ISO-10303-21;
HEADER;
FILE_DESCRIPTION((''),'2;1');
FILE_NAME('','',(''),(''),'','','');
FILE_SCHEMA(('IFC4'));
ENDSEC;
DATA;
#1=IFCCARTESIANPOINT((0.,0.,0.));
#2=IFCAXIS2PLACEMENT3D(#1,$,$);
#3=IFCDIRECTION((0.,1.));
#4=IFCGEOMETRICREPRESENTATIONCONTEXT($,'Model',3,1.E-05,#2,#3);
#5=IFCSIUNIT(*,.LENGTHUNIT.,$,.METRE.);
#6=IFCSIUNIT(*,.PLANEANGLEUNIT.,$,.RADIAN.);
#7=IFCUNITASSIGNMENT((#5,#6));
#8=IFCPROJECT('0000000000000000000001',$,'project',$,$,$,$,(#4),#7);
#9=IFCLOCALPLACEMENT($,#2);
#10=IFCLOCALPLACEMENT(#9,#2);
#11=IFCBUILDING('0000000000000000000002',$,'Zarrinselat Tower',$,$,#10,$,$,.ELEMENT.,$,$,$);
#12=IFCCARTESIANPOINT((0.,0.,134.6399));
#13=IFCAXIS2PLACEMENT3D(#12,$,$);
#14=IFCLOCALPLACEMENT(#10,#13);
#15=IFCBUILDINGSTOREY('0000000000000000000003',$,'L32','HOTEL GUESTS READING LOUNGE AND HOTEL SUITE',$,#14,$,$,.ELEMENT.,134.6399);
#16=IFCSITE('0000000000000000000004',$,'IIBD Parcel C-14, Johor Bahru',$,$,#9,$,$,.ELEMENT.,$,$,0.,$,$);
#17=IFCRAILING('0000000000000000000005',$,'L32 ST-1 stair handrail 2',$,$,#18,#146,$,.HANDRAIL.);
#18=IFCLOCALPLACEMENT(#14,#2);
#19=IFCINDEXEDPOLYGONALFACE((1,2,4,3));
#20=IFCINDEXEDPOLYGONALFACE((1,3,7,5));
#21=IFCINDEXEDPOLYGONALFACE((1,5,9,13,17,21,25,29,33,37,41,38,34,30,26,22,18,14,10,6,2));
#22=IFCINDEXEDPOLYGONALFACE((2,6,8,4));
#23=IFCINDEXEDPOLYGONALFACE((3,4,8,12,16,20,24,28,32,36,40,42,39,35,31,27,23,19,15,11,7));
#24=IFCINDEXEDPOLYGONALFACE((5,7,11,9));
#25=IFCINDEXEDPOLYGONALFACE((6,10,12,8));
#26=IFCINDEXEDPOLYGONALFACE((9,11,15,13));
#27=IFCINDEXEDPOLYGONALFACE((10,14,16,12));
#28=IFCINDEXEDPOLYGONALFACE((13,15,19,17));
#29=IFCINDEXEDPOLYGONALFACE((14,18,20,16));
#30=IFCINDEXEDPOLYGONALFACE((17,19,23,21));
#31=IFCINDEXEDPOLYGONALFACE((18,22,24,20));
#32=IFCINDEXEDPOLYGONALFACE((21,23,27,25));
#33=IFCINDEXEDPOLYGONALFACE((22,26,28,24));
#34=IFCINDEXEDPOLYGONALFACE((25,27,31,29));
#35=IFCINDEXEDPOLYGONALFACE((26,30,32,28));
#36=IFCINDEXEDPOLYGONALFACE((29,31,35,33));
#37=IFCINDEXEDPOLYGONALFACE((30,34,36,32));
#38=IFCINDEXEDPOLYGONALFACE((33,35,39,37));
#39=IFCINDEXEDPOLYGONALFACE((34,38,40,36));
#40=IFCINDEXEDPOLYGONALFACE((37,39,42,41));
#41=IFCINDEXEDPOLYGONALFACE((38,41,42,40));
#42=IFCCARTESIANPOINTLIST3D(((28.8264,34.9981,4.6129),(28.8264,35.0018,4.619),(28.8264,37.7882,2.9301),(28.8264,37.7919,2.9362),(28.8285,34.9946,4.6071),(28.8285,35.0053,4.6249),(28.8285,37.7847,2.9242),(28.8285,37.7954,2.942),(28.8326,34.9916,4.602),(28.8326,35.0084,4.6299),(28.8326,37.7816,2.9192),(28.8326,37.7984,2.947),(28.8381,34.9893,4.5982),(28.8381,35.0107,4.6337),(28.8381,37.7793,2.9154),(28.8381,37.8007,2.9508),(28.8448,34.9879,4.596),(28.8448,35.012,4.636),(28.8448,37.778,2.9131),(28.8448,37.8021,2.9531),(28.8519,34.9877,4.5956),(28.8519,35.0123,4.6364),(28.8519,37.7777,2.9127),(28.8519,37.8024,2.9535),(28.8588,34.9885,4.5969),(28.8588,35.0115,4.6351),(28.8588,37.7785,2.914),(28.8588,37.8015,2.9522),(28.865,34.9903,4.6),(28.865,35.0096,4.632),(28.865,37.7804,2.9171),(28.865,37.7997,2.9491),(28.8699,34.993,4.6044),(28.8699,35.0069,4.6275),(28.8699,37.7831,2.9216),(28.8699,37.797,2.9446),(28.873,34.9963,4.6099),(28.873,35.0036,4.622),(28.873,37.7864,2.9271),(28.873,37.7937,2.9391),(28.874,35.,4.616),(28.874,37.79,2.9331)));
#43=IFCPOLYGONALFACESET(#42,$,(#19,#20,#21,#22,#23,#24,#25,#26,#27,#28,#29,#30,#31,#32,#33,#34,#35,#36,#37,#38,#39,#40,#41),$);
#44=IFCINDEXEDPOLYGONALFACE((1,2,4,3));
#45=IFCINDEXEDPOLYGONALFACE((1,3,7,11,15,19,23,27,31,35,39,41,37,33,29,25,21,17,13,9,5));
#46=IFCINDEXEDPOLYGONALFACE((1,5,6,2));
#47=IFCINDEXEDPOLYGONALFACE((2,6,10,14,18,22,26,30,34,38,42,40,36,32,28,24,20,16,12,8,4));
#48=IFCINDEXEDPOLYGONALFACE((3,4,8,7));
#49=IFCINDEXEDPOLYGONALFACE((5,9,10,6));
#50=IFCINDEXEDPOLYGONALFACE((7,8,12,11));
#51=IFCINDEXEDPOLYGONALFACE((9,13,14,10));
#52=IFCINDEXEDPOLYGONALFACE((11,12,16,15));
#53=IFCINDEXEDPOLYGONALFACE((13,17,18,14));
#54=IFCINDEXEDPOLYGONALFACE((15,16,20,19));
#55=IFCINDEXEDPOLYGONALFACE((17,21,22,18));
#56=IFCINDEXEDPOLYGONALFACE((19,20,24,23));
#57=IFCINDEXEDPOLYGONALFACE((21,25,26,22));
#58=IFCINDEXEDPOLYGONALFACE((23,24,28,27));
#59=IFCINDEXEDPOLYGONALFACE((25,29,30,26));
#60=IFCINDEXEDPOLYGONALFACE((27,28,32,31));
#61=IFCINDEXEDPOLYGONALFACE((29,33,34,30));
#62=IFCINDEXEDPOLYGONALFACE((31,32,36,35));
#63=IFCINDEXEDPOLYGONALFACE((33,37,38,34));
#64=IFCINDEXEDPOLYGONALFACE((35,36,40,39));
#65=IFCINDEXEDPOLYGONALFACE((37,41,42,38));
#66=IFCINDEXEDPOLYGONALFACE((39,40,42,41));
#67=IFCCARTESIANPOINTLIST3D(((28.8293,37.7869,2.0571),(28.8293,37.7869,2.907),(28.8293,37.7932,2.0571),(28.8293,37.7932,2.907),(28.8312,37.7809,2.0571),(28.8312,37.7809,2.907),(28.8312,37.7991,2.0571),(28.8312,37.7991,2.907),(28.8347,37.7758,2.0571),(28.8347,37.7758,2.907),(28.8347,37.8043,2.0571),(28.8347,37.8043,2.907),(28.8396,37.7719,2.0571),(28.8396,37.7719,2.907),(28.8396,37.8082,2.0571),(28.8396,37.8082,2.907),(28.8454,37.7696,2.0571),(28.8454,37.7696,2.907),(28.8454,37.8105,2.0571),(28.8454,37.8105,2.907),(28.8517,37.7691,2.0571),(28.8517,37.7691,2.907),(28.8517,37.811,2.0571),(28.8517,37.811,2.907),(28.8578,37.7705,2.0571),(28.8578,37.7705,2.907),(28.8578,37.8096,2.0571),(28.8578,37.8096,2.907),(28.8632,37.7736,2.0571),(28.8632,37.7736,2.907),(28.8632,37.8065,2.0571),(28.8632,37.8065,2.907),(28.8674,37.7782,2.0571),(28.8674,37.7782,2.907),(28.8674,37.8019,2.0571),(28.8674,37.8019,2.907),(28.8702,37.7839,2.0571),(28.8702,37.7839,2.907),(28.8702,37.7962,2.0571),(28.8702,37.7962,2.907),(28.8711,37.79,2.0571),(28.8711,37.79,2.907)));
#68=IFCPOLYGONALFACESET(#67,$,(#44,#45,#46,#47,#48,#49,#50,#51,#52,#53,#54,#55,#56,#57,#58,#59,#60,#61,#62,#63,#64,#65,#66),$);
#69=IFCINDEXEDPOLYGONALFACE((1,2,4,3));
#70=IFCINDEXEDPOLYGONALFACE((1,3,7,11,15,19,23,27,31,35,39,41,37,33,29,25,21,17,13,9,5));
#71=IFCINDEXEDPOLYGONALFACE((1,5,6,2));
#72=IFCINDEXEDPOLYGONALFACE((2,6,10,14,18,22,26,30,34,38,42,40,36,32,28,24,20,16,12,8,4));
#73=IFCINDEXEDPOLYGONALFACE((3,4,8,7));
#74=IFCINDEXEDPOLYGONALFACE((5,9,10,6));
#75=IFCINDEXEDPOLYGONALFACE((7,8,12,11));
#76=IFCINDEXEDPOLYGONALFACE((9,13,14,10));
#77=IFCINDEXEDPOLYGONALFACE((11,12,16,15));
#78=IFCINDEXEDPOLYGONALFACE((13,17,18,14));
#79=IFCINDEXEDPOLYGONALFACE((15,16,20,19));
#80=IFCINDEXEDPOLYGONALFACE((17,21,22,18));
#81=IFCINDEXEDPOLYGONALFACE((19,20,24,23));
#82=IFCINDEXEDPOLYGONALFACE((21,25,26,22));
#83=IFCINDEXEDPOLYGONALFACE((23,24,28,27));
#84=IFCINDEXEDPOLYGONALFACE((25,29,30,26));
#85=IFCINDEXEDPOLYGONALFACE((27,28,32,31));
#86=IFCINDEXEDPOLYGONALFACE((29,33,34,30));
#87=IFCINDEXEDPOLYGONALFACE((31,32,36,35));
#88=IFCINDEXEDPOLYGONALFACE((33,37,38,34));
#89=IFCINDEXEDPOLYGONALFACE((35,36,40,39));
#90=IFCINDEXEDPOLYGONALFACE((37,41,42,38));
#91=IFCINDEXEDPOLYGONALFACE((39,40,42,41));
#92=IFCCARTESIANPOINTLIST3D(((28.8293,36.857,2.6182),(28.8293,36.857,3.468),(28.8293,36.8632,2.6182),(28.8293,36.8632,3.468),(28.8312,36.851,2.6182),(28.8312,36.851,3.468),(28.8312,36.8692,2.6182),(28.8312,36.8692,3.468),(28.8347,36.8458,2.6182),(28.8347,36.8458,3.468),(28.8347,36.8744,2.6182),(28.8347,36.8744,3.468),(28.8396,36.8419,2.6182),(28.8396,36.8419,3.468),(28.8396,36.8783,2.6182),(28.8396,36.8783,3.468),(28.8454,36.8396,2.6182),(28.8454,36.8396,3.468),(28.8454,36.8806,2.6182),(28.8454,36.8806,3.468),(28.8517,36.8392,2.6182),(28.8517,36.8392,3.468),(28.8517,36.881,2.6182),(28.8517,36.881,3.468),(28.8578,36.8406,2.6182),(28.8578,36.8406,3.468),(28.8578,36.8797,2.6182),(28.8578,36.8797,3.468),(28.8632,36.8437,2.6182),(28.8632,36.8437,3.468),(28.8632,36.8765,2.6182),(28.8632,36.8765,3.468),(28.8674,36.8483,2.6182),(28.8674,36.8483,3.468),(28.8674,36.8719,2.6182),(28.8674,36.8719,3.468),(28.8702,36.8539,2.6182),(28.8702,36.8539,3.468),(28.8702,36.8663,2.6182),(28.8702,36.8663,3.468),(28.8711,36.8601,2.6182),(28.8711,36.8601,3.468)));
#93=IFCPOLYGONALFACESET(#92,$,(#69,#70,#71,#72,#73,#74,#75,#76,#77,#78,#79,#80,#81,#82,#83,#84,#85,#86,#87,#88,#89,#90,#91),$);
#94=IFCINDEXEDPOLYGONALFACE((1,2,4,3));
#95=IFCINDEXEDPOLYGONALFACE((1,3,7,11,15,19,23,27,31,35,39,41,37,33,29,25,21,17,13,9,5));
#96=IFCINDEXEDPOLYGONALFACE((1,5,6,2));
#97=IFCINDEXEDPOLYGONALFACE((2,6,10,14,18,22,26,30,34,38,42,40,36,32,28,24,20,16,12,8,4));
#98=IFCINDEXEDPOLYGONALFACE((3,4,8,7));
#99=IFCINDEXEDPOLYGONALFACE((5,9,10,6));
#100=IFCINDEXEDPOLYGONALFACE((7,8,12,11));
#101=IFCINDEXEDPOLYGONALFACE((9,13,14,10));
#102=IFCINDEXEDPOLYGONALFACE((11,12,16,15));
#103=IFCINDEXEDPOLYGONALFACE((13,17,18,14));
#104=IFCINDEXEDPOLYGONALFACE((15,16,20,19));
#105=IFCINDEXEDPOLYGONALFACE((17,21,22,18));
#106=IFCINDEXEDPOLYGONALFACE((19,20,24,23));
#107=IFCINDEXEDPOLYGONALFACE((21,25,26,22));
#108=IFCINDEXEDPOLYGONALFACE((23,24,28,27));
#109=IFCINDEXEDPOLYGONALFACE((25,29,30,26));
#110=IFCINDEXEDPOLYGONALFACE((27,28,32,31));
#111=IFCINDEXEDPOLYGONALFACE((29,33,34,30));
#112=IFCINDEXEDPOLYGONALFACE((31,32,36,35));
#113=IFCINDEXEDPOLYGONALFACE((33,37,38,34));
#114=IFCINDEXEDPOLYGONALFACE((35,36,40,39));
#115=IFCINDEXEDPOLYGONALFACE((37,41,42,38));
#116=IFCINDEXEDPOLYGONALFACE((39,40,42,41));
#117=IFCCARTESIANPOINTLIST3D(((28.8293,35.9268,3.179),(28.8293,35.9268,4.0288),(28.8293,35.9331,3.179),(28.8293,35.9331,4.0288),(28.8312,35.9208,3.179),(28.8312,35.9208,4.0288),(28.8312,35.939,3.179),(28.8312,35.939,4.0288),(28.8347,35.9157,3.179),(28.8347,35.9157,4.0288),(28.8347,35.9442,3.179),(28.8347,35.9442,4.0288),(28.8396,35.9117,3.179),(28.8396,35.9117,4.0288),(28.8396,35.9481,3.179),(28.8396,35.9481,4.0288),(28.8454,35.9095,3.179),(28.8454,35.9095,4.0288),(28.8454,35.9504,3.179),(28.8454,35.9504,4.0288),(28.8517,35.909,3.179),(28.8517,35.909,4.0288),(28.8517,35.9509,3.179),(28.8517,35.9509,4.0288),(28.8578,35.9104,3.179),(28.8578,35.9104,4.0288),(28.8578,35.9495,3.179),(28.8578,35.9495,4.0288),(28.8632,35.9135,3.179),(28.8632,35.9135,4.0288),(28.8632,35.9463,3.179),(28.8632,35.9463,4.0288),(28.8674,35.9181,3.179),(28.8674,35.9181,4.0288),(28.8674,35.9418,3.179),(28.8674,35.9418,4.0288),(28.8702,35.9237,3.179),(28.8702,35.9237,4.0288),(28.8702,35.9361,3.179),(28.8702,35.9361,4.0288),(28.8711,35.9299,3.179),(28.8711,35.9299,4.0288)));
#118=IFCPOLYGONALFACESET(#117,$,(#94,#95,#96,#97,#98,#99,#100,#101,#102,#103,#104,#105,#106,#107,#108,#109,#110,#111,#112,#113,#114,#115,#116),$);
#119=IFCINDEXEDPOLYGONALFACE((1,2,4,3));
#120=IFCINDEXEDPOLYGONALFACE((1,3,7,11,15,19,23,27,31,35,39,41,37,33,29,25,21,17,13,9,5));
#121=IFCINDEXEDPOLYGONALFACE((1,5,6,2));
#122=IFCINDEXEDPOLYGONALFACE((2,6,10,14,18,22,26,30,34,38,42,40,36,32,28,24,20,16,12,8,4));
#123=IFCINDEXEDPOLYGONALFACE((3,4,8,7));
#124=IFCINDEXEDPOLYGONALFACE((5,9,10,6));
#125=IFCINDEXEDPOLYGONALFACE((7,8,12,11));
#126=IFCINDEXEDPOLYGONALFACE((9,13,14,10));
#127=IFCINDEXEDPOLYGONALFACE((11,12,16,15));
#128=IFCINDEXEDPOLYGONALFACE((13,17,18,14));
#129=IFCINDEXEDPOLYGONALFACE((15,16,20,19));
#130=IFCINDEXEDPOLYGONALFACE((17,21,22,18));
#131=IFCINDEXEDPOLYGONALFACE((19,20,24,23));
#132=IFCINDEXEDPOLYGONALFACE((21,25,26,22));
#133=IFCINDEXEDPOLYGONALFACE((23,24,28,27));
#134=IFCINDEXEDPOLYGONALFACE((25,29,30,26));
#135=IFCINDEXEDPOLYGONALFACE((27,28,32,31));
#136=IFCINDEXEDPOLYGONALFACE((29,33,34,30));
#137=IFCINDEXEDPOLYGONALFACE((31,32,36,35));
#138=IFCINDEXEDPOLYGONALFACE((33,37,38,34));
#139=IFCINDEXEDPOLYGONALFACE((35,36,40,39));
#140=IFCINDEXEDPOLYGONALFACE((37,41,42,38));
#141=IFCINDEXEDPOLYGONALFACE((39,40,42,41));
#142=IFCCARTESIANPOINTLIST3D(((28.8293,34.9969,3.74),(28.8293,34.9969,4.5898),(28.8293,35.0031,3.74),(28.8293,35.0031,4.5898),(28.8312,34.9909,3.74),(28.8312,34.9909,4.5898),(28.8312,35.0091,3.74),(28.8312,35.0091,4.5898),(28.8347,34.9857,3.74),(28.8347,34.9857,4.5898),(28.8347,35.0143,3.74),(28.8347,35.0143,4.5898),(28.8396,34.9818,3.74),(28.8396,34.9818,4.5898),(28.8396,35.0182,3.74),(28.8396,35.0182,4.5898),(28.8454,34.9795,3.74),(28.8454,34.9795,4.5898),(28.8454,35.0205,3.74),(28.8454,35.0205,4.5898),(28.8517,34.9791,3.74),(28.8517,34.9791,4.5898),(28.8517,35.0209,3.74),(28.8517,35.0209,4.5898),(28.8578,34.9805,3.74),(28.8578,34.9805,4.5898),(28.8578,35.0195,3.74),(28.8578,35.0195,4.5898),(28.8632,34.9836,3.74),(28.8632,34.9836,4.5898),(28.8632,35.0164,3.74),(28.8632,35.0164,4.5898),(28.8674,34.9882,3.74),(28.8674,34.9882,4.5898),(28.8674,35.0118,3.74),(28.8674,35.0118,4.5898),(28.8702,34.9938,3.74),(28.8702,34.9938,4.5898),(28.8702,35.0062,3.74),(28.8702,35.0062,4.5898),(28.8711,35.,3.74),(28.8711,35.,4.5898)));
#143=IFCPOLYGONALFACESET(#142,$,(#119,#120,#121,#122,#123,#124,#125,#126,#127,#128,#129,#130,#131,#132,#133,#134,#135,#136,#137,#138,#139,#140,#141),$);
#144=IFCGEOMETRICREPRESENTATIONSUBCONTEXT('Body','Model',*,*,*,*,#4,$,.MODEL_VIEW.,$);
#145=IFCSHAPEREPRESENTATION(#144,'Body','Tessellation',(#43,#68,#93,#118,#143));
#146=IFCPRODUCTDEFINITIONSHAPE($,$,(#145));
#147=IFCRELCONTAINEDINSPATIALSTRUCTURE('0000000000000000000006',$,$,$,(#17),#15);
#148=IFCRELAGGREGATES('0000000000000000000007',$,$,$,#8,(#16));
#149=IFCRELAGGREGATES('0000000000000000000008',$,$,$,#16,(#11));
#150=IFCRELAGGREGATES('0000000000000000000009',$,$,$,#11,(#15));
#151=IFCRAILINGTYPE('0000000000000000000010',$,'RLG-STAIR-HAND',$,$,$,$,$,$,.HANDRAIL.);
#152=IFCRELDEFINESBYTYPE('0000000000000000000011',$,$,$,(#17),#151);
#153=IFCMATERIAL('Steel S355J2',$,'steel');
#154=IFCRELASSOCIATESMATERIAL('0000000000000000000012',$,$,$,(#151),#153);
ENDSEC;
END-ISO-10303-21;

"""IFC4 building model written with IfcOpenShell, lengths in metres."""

from ifc_helpers import new_model, si_unit, direction, frame, origin, origin_2d, place, context, subcontext, project, spatial, circle, extrude, material, type_object, element, save


model = new_model("IFC4")

# Units and contexts
model_context = context("Model", 3, precision=1e-05, world=origin(), true_north=direction((0.0, 1.0)))
body_context = subcontext(model_context, "Body", "Model", "MODEL_VIEW")
ifc_project = project(units=[si_unit("LENGTHUNIT", "METRE"), si_unit("PLANEANGLEUNIT", "RADIAN")], contexts=[model_context])

# Site, building, storey
site_placement = place(None, origin())
site = spatial("IfcSite", under=ifc_project, at=site_placement, Name="IIBD Parcel C-14, Johor Bahru", CompositionType="ELEMENT", RefElevation=0.0)
building_placement = place(site_placement, origin())
building = spatial("IfcBuilding", under=site, at=building_placement, Name="Zarrinselat Tower", CompositionType="ELEMENT")
storey_placement = place(building_placement, frame((0.0, 0.0, 134.6399)))
storey = spatial("IfcBuildingStorey", under=building, at=storey_placement, Name="L32", Description="HOTEL GUESTS READING LOUNGE AND HOTEL SUITE", CompositionType="ELEMENT", Elevation=134.6399)

# Railing
ifc_material_1 = material(Name="Steel S355J2", Category="steel")
railing_type_1 = type_object("IfcRailingType", Name="RLG-STAIR-HAND", PredefinedType="HANDRAIL", material=ifc_material_1)
railing_1_placement = place(storey_placement, frame((28.8501, 37.79, 2.0571)))
element("IfcRailing", 1, at=railing_1_placement, inside=storey, type_object=railing_type_1, Name="L32 ST-1 stair handrail 2", PredefinedType="HANDRAIL", context=body_context, shape_type="SweptSolid", body=[
    extrude(circle(Radius=0.0239, at=origin_2d()), frame((0.0, 0.0, 0.876), z_axis=(0.0, -0.856294, 0.516489), x_axis=(1.0, 0.0, 0.0)), (0.0, 0.0, 1.0), 3.2583),
    extrude(circle(Radius=0.021, at=origin_2d()), origin(), (0.0, 0.0, 1.0), 0.8499),
    extrude(circle(Radius=0.021, at=origin_2d()), frame((0.0, -0.9299, 0.561)), (0.0, 0.0, 1.0), 0.8499),
    extrude(circle(Radius=0.021, at=origin_2d()), frame((0.0, -1.8601, 1.1218)), (0.0, 0.0, 1.0), 0.8499),
    extrude(circle(Radius=0.021, at=origin_2d()), frame((0.0, -2.79, 1.6829)), (0.0, 0.0, 1.0), 0.8499),
])

save(model, "model.ifc")
